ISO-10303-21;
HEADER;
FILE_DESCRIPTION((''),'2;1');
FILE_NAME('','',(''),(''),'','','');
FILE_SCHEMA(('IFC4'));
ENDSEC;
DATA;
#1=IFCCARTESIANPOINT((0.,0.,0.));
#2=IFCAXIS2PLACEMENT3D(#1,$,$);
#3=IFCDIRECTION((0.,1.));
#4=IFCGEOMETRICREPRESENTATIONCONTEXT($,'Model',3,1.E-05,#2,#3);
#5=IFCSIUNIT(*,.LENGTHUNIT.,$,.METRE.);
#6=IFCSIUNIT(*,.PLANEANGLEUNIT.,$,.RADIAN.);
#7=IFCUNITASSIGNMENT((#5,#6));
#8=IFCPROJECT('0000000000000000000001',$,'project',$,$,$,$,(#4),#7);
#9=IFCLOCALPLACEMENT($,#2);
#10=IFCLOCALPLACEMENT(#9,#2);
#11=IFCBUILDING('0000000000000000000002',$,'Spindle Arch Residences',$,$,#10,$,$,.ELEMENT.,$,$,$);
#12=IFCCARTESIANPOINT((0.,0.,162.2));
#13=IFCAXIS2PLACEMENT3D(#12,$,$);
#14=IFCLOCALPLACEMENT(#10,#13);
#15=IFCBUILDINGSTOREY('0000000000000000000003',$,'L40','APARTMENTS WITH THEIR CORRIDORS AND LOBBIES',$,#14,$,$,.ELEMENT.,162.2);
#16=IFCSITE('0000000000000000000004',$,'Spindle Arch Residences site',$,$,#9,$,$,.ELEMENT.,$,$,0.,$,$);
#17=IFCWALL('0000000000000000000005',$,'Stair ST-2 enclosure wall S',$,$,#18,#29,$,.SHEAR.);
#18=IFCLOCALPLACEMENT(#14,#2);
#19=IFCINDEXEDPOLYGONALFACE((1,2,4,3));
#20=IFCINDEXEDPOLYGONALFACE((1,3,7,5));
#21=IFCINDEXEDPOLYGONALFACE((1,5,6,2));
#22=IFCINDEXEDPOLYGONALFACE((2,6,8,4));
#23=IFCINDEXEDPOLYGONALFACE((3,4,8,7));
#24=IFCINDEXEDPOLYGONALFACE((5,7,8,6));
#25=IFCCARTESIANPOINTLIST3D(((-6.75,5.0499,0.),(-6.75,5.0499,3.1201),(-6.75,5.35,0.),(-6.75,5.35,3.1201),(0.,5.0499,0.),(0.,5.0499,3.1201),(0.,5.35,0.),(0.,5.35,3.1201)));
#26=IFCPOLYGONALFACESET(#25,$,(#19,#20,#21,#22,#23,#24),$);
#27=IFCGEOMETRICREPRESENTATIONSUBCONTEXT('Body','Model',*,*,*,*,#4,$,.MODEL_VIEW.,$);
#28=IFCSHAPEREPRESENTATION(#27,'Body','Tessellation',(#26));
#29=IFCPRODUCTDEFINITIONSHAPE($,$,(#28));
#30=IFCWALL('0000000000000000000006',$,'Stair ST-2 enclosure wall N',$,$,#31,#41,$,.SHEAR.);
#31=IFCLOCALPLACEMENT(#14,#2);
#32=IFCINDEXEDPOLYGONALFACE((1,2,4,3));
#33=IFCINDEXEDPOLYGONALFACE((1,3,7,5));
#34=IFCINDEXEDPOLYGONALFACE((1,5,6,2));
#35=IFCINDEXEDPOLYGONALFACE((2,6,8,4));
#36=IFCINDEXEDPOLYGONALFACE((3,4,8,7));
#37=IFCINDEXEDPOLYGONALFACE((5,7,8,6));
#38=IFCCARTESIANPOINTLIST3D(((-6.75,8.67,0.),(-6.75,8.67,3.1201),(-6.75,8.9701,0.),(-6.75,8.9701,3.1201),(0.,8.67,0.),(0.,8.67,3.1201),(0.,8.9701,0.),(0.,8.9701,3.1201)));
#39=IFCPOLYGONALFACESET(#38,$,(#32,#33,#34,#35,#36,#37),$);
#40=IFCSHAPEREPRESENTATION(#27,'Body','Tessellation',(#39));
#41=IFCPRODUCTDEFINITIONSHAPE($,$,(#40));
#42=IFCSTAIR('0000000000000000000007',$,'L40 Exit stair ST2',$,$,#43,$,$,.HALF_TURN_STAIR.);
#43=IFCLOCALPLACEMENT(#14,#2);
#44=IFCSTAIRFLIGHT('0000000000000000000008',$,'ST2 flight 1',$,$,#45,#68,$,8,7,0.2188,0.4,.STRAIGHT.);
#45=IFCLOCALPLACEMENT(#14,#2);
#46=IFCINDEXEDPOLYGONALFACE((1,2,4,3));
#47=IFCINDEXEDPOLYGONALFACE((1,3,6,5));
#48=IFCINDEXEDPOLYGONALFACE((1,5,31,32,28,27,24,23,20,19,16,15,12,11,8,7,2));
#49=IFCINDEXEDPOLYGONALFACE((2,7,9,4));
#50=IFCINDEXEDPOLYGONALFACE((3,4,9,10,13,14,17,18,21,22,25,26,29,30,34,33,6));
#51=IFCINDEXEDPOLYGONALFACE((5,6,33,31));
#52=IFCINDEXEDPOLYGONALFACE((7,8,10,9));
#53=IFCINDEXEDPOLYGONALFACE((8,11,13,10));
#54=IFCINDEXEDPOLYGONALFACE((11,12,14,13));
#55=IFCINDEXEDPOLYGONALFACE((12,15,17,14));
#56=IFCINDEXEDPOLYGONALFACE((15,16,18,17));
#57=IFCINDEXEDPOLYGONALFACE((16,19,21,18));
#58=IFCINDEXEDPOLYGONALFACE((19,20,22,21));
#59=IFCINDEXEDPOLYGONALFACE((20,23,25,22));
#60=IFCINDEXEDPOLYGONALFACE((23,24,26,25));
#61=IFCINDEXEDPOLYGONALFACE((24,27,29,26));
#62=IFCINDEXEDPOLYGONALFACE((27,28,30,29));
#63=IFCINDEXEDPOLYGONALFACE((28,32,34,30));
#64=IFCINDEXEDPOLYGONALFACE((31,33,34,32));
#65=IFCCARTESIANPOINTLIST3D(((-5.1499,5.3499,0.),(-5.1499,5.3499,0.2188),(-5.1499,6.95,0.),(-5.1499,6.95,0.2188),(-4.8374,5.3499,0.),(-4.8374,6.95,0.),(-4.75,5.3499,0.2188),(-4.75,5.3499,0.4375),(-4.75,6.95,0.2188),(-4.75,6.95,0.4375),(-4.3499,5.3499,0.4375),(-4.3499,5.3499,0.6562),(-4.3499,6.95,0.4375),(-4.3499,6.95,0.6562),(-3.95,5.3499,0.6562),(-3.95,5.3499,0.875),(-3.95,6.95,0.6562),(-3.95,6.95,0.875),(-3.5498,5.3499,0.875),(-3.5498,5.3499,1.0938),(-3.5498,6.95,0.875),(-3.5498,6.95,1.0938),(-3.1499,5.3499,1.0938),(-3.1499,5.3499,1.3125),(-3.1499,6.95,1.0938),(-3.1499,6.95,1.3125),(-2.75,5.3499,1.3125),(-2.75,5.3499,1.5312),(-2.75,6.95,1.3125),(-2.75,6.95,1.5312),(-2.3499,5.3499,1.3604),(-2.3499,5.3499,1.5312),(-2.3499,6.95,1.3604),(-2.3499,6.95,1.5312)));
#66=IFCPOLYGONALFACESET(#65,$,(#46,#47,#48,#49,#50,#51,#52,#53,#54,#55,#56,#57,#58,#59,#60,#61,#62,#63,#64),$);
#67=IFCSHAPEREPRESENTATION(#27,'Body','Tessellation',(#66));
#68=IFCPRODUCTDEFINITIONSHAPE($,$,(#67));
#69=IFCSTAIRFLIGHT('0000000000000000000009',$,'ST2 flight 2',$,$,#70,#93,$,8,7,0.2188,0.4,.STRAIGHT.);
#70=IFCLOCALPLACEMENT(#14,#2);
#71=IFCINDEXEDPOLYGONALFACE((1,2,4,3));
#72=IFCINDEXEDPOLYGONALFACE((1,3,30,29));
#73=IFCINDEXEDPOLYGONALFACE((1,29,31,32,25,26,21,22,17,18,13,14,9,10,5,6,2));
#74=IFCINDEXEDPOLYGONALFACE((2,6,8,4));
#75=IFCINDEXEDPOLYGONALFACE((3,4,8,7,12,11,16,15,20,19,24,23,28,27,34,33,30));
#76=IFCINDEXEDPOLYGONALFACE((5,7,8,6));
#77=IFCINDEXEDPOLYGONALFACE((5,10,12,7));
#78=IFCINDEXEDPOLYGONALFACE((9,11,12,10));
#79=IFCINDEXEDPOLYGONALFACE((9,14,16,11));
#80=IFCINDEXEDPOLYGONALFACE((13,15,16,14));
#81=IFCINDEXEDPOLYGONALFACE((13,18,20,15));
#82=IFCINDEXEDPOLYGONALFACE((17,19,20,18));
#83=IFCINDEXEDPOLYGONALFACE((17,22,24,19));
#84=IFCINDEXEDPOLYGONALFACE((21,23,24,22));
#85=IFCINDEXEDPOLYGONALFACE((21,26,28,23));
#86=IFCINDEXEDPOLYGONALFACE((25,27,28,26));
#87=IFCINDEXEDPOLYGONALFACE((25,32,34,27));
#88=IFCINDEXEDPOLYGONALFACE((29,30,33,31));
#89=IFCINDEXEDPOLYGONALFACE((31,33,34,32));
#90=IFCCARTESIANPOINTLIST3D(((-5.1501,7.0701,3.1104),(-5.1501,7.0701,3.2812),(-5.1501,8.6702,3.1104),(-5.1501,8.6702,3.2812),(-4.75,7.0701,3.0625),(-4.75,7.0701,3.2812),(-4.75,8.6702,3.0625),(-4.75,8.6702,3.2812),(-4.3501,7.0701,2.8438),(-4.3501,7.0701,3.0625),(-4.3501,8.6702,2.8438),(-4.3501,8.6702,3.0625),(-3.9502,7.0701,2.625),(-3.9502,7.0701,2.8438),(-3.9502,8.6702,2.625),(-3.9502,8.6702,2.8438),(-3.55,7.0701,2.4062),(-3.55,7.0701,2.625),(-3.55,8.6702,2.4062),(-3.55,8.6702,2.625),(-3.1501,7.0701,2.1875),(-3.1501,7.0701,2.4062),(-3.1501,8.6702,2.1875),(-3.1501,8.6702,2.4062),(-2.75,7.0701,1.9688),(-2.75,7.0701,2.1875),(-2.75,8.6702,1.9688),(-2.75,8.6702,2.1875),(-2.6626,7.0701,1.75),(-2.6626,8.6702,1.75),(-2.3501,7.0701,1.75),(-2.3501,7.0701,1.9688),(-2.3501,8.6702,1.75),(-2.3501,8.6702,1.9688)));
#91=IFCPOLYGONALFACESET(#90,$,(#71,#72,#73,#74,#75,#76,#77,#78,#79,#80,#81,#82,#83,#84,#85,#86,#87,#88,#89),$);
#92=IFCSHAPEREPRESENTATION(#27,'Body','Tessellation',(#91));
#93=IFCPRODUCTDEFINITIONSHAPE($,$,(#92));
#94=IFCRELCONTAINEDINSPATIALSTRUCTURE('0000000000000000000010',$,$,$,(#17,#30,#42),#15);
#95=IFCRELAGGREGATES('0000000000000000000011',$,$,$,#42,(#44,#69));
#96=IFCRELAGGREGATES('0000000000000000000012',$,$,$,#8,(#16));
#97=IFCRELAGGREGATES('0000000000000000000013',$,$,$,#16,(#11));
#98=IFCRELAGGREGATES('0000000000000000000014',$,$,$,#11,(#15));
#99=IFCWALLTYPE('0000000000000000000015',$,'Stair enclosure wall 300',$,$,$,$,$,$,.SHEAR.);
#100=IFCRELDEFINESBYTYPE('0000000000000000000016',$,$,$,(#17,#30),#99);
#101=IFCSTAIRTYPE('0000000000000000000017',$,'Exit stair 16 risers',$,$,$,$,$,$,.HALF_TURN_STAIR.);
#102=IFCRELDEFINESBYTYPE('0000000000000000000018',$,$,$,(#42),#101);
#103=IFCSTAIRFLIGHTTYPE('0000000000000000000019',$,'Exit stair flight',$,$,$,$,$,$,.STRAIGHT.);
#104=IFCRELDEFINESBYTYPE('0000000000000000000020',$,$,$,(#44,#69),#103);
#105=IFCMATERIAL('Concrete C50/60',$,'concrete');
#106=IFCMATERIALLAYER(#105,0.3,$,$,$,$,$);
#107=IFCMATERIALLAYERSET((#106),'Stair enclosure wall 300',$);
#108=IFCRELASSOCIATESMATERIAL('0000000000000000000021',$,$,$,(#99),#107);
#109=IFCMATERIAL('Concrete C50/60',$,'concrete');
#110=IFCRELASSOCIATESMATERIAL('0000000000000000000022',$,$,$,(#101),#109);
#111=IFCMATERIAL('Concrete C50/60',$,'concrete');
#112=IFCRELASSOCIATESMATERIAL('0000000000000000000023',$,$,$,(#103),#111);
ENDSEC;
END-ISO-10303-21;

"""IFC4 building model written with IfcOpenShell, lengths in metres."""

from ifc_helpers import new_model, si_unit, direction, frame, frame_2d, origin, place, context, subcontext, project, spatial, polyline, rectangle, outline, extrude, material, layer, layer_set, type_object, element, aggregate, save


model = new_model("IFC4")

# Units and contexts
model_context = context("Model", 3, precision=1e-05, world=origin(), true_north=direction((0.0, 1.0)))
body_context = subcontext(model_context, "Body", "Model", "MODEL_VIEW")
ifc_project = project(units=[si_unit("LENGTHUNIT", "METRE"), si_unit("PLANEANGLEUNIT", "RADIAN")], contexts=[model_context])

# Site, building, storey
site_placement = place(None, origin())
site = spatial("IfcSite", under=ifc_project, at=site_placement, Name="Spindle Arch Residences site", CompositionType="ELEMENT", RefElevation=0.0)
building_placement = place(site_placement, origin())
building = spatial("IfcBuilding", under=site, at=building_placement, Name="Spindle Arch Residences", CompositionType="ELEMENT")
storey_placement = place(building_placement, frame((0.0, 0.0, 162.2)))
storey = spatial("IfcBuildingStorey", under=building, at=storey_placement, Name="L40", Description="APARTMENTS WITH THEIR CORRIDORS AND LOBBIES", CompositionType="ELEMENT", Elevation=162.2)

# Walls
ifc_material_1 = material(Name="Concrete C50/60", Category="concrete")
ifc_layer_1 = layer(ifc_material_1, 0.3)
ifc_layer_set_1 = layer_set([ifc_layer_1], Name="Stair enclosure wall 300")
wall_type_1 = type_object("IfcWallType", Name="Stair enclosure wall 300", PredefinedType="SHEAR", material=ifc_layer_set_1)
for number, where, z_axis, x_axis, name in (
    (1, (-6.75, 5.2, 0.0), (0.0, 0.0, 1.0), (1.0, 0.0, 0.0), "Stair ST-2 enclosure wall S"),
    (2, (-6.75, 8.8201, 0.0), (0.0, 0.0, 1.0), (1.0, 0.0, 0.0), "Stair ST-2 enclosure wall N"),
):
    element("IfcWall", number, at=place(storey_placement, frame(where, z_axis=z_axis, x_axis=x_axis)), inside=storey, type_object=wall_type_1, Name=name, PredefinedType="SHEAR", context=body_context, shape_type="SweptSolid", body=[
        extrude(rectangle(XDim=6.75, YDim=0.3, at=frame_2d((3.375, 0.0))), origin(), (0.0, 0.0, 1.0), 3.1201),
    ])

# Stair, stair flights
ifc_material_2 = material(Name="Concrete C50/60", Category="concrete")
stair_type = type_object("IfcStairType", Name="Exit stair 16 risers", PredefinedType="HALF_TURN_STAIR", material=ifc_material_2)
stair_placement = place(storey_placement, origin())
stair = element("IfcStair", 3, at=stair_placement, inside=storey, type_object=stair_type, Name="L40 Exit stair ST2", PredefinedType="HALF_TURN_STAIR")
ifc_material_3 = material(Name="Concrete C50/60", Category="concrete")
stair_flight_type = type_object("IfcStairFlightType", Name="Exit stair flight", PredefinedType="STRAIGHT", material=ifc_material_3)
stair_flight_1_placement = place(storey_placement, frame((-5.1499, 6.1499, 0.0), z_axis=(0.0, 0.0, 1.0), x_axis=(1.0, 0.0, 0.0)))
stair_flight_1 = element("IfcStairFlight", 4, at=stair_flight_1_placement, type_object=stair_flight_type, Name="ST2 flight 1", NumberOfRisers=8, NumberOfTreads=7, PredefinedType="STRAIGHT", RiserHeight=0.2188, TreadLength=0.4, context=body_context, shape_type="SweptSolid", body=[
    extrude(outline(polyline([(0.0, 0.0), (0.0, 0.2188), (0.3999, 0.2188), (0.3999, 0.4375), (0.8, 0.4375), (0.8, 0.6562), (1.2, 0.6562), (1.2, 0.875), (1.6001, 0.875), (1.6001, 1.0938), (2.0, 1.0938), (2.0, 1.3125), (2.3999, 1.3125), (2.3999, 1.5312), (2.8, 1.5312), (2.8, 1.75), (2.8, 1.3604), (0.3125, 0.0), (0.0, 0.0)])), frame((0.0, 0.8, 0.0), z_axis=(0.0, -1.0, 0.0), x_axis=(1.0, 0.0, 0.0)), (0.0, 0.0, 1.0), 1.6001),
])
stair_flight_2_placement = place(storey_placement, frame((-2.3501, 7.8701, 1.75), z_axis=(0.0, 0.0, 1.0), x_axis=(-1.0, 0.0, 0.0)))
stair_flight_2 = element("IfcStairFlight", 5, at=stair_flight_2_placement, type_object=stair_flight_type, Name="ST2 flight 2", NumberOfRisers=8, NumberOfTreads=7, PredefinedType="STRAIGHT", RiserHeight=0.2188, TreadLength=0.4, context=body_context, shape_type="SweptSolid", body=[
    extrude(outline(polyline([(0.0, 0.0), (0.0, 0.2188), (0.3999, 0.2188), (0.3999, 0.4375), (0.8, 0.4375), (0.8, 0.6562), (1.2, 0.6562), (1.2, 0.875), (1.6001, 0.875), (1.6001, 1.0938), (2.0, 1.0938), (2.0, 1.3125), (2.3999, 1.3125), (2.3999, 1.5312), (2.8, 1.5312), (2.8, 1.75), (2.8, 1.3604), (0.3125, 0.0), (0.0, 0.0)])), frame((0.0, 0.8, 0.0), z_axis=(0.0, -1.0, 0.0), x_axis=(1.0, 0.0, 0.0)), (0.0, 0.0, 1.0), 1.6001),
])
aggregate(stair, [stair_flight_1, stair_flight_2])

save(model, "model.ifc")
